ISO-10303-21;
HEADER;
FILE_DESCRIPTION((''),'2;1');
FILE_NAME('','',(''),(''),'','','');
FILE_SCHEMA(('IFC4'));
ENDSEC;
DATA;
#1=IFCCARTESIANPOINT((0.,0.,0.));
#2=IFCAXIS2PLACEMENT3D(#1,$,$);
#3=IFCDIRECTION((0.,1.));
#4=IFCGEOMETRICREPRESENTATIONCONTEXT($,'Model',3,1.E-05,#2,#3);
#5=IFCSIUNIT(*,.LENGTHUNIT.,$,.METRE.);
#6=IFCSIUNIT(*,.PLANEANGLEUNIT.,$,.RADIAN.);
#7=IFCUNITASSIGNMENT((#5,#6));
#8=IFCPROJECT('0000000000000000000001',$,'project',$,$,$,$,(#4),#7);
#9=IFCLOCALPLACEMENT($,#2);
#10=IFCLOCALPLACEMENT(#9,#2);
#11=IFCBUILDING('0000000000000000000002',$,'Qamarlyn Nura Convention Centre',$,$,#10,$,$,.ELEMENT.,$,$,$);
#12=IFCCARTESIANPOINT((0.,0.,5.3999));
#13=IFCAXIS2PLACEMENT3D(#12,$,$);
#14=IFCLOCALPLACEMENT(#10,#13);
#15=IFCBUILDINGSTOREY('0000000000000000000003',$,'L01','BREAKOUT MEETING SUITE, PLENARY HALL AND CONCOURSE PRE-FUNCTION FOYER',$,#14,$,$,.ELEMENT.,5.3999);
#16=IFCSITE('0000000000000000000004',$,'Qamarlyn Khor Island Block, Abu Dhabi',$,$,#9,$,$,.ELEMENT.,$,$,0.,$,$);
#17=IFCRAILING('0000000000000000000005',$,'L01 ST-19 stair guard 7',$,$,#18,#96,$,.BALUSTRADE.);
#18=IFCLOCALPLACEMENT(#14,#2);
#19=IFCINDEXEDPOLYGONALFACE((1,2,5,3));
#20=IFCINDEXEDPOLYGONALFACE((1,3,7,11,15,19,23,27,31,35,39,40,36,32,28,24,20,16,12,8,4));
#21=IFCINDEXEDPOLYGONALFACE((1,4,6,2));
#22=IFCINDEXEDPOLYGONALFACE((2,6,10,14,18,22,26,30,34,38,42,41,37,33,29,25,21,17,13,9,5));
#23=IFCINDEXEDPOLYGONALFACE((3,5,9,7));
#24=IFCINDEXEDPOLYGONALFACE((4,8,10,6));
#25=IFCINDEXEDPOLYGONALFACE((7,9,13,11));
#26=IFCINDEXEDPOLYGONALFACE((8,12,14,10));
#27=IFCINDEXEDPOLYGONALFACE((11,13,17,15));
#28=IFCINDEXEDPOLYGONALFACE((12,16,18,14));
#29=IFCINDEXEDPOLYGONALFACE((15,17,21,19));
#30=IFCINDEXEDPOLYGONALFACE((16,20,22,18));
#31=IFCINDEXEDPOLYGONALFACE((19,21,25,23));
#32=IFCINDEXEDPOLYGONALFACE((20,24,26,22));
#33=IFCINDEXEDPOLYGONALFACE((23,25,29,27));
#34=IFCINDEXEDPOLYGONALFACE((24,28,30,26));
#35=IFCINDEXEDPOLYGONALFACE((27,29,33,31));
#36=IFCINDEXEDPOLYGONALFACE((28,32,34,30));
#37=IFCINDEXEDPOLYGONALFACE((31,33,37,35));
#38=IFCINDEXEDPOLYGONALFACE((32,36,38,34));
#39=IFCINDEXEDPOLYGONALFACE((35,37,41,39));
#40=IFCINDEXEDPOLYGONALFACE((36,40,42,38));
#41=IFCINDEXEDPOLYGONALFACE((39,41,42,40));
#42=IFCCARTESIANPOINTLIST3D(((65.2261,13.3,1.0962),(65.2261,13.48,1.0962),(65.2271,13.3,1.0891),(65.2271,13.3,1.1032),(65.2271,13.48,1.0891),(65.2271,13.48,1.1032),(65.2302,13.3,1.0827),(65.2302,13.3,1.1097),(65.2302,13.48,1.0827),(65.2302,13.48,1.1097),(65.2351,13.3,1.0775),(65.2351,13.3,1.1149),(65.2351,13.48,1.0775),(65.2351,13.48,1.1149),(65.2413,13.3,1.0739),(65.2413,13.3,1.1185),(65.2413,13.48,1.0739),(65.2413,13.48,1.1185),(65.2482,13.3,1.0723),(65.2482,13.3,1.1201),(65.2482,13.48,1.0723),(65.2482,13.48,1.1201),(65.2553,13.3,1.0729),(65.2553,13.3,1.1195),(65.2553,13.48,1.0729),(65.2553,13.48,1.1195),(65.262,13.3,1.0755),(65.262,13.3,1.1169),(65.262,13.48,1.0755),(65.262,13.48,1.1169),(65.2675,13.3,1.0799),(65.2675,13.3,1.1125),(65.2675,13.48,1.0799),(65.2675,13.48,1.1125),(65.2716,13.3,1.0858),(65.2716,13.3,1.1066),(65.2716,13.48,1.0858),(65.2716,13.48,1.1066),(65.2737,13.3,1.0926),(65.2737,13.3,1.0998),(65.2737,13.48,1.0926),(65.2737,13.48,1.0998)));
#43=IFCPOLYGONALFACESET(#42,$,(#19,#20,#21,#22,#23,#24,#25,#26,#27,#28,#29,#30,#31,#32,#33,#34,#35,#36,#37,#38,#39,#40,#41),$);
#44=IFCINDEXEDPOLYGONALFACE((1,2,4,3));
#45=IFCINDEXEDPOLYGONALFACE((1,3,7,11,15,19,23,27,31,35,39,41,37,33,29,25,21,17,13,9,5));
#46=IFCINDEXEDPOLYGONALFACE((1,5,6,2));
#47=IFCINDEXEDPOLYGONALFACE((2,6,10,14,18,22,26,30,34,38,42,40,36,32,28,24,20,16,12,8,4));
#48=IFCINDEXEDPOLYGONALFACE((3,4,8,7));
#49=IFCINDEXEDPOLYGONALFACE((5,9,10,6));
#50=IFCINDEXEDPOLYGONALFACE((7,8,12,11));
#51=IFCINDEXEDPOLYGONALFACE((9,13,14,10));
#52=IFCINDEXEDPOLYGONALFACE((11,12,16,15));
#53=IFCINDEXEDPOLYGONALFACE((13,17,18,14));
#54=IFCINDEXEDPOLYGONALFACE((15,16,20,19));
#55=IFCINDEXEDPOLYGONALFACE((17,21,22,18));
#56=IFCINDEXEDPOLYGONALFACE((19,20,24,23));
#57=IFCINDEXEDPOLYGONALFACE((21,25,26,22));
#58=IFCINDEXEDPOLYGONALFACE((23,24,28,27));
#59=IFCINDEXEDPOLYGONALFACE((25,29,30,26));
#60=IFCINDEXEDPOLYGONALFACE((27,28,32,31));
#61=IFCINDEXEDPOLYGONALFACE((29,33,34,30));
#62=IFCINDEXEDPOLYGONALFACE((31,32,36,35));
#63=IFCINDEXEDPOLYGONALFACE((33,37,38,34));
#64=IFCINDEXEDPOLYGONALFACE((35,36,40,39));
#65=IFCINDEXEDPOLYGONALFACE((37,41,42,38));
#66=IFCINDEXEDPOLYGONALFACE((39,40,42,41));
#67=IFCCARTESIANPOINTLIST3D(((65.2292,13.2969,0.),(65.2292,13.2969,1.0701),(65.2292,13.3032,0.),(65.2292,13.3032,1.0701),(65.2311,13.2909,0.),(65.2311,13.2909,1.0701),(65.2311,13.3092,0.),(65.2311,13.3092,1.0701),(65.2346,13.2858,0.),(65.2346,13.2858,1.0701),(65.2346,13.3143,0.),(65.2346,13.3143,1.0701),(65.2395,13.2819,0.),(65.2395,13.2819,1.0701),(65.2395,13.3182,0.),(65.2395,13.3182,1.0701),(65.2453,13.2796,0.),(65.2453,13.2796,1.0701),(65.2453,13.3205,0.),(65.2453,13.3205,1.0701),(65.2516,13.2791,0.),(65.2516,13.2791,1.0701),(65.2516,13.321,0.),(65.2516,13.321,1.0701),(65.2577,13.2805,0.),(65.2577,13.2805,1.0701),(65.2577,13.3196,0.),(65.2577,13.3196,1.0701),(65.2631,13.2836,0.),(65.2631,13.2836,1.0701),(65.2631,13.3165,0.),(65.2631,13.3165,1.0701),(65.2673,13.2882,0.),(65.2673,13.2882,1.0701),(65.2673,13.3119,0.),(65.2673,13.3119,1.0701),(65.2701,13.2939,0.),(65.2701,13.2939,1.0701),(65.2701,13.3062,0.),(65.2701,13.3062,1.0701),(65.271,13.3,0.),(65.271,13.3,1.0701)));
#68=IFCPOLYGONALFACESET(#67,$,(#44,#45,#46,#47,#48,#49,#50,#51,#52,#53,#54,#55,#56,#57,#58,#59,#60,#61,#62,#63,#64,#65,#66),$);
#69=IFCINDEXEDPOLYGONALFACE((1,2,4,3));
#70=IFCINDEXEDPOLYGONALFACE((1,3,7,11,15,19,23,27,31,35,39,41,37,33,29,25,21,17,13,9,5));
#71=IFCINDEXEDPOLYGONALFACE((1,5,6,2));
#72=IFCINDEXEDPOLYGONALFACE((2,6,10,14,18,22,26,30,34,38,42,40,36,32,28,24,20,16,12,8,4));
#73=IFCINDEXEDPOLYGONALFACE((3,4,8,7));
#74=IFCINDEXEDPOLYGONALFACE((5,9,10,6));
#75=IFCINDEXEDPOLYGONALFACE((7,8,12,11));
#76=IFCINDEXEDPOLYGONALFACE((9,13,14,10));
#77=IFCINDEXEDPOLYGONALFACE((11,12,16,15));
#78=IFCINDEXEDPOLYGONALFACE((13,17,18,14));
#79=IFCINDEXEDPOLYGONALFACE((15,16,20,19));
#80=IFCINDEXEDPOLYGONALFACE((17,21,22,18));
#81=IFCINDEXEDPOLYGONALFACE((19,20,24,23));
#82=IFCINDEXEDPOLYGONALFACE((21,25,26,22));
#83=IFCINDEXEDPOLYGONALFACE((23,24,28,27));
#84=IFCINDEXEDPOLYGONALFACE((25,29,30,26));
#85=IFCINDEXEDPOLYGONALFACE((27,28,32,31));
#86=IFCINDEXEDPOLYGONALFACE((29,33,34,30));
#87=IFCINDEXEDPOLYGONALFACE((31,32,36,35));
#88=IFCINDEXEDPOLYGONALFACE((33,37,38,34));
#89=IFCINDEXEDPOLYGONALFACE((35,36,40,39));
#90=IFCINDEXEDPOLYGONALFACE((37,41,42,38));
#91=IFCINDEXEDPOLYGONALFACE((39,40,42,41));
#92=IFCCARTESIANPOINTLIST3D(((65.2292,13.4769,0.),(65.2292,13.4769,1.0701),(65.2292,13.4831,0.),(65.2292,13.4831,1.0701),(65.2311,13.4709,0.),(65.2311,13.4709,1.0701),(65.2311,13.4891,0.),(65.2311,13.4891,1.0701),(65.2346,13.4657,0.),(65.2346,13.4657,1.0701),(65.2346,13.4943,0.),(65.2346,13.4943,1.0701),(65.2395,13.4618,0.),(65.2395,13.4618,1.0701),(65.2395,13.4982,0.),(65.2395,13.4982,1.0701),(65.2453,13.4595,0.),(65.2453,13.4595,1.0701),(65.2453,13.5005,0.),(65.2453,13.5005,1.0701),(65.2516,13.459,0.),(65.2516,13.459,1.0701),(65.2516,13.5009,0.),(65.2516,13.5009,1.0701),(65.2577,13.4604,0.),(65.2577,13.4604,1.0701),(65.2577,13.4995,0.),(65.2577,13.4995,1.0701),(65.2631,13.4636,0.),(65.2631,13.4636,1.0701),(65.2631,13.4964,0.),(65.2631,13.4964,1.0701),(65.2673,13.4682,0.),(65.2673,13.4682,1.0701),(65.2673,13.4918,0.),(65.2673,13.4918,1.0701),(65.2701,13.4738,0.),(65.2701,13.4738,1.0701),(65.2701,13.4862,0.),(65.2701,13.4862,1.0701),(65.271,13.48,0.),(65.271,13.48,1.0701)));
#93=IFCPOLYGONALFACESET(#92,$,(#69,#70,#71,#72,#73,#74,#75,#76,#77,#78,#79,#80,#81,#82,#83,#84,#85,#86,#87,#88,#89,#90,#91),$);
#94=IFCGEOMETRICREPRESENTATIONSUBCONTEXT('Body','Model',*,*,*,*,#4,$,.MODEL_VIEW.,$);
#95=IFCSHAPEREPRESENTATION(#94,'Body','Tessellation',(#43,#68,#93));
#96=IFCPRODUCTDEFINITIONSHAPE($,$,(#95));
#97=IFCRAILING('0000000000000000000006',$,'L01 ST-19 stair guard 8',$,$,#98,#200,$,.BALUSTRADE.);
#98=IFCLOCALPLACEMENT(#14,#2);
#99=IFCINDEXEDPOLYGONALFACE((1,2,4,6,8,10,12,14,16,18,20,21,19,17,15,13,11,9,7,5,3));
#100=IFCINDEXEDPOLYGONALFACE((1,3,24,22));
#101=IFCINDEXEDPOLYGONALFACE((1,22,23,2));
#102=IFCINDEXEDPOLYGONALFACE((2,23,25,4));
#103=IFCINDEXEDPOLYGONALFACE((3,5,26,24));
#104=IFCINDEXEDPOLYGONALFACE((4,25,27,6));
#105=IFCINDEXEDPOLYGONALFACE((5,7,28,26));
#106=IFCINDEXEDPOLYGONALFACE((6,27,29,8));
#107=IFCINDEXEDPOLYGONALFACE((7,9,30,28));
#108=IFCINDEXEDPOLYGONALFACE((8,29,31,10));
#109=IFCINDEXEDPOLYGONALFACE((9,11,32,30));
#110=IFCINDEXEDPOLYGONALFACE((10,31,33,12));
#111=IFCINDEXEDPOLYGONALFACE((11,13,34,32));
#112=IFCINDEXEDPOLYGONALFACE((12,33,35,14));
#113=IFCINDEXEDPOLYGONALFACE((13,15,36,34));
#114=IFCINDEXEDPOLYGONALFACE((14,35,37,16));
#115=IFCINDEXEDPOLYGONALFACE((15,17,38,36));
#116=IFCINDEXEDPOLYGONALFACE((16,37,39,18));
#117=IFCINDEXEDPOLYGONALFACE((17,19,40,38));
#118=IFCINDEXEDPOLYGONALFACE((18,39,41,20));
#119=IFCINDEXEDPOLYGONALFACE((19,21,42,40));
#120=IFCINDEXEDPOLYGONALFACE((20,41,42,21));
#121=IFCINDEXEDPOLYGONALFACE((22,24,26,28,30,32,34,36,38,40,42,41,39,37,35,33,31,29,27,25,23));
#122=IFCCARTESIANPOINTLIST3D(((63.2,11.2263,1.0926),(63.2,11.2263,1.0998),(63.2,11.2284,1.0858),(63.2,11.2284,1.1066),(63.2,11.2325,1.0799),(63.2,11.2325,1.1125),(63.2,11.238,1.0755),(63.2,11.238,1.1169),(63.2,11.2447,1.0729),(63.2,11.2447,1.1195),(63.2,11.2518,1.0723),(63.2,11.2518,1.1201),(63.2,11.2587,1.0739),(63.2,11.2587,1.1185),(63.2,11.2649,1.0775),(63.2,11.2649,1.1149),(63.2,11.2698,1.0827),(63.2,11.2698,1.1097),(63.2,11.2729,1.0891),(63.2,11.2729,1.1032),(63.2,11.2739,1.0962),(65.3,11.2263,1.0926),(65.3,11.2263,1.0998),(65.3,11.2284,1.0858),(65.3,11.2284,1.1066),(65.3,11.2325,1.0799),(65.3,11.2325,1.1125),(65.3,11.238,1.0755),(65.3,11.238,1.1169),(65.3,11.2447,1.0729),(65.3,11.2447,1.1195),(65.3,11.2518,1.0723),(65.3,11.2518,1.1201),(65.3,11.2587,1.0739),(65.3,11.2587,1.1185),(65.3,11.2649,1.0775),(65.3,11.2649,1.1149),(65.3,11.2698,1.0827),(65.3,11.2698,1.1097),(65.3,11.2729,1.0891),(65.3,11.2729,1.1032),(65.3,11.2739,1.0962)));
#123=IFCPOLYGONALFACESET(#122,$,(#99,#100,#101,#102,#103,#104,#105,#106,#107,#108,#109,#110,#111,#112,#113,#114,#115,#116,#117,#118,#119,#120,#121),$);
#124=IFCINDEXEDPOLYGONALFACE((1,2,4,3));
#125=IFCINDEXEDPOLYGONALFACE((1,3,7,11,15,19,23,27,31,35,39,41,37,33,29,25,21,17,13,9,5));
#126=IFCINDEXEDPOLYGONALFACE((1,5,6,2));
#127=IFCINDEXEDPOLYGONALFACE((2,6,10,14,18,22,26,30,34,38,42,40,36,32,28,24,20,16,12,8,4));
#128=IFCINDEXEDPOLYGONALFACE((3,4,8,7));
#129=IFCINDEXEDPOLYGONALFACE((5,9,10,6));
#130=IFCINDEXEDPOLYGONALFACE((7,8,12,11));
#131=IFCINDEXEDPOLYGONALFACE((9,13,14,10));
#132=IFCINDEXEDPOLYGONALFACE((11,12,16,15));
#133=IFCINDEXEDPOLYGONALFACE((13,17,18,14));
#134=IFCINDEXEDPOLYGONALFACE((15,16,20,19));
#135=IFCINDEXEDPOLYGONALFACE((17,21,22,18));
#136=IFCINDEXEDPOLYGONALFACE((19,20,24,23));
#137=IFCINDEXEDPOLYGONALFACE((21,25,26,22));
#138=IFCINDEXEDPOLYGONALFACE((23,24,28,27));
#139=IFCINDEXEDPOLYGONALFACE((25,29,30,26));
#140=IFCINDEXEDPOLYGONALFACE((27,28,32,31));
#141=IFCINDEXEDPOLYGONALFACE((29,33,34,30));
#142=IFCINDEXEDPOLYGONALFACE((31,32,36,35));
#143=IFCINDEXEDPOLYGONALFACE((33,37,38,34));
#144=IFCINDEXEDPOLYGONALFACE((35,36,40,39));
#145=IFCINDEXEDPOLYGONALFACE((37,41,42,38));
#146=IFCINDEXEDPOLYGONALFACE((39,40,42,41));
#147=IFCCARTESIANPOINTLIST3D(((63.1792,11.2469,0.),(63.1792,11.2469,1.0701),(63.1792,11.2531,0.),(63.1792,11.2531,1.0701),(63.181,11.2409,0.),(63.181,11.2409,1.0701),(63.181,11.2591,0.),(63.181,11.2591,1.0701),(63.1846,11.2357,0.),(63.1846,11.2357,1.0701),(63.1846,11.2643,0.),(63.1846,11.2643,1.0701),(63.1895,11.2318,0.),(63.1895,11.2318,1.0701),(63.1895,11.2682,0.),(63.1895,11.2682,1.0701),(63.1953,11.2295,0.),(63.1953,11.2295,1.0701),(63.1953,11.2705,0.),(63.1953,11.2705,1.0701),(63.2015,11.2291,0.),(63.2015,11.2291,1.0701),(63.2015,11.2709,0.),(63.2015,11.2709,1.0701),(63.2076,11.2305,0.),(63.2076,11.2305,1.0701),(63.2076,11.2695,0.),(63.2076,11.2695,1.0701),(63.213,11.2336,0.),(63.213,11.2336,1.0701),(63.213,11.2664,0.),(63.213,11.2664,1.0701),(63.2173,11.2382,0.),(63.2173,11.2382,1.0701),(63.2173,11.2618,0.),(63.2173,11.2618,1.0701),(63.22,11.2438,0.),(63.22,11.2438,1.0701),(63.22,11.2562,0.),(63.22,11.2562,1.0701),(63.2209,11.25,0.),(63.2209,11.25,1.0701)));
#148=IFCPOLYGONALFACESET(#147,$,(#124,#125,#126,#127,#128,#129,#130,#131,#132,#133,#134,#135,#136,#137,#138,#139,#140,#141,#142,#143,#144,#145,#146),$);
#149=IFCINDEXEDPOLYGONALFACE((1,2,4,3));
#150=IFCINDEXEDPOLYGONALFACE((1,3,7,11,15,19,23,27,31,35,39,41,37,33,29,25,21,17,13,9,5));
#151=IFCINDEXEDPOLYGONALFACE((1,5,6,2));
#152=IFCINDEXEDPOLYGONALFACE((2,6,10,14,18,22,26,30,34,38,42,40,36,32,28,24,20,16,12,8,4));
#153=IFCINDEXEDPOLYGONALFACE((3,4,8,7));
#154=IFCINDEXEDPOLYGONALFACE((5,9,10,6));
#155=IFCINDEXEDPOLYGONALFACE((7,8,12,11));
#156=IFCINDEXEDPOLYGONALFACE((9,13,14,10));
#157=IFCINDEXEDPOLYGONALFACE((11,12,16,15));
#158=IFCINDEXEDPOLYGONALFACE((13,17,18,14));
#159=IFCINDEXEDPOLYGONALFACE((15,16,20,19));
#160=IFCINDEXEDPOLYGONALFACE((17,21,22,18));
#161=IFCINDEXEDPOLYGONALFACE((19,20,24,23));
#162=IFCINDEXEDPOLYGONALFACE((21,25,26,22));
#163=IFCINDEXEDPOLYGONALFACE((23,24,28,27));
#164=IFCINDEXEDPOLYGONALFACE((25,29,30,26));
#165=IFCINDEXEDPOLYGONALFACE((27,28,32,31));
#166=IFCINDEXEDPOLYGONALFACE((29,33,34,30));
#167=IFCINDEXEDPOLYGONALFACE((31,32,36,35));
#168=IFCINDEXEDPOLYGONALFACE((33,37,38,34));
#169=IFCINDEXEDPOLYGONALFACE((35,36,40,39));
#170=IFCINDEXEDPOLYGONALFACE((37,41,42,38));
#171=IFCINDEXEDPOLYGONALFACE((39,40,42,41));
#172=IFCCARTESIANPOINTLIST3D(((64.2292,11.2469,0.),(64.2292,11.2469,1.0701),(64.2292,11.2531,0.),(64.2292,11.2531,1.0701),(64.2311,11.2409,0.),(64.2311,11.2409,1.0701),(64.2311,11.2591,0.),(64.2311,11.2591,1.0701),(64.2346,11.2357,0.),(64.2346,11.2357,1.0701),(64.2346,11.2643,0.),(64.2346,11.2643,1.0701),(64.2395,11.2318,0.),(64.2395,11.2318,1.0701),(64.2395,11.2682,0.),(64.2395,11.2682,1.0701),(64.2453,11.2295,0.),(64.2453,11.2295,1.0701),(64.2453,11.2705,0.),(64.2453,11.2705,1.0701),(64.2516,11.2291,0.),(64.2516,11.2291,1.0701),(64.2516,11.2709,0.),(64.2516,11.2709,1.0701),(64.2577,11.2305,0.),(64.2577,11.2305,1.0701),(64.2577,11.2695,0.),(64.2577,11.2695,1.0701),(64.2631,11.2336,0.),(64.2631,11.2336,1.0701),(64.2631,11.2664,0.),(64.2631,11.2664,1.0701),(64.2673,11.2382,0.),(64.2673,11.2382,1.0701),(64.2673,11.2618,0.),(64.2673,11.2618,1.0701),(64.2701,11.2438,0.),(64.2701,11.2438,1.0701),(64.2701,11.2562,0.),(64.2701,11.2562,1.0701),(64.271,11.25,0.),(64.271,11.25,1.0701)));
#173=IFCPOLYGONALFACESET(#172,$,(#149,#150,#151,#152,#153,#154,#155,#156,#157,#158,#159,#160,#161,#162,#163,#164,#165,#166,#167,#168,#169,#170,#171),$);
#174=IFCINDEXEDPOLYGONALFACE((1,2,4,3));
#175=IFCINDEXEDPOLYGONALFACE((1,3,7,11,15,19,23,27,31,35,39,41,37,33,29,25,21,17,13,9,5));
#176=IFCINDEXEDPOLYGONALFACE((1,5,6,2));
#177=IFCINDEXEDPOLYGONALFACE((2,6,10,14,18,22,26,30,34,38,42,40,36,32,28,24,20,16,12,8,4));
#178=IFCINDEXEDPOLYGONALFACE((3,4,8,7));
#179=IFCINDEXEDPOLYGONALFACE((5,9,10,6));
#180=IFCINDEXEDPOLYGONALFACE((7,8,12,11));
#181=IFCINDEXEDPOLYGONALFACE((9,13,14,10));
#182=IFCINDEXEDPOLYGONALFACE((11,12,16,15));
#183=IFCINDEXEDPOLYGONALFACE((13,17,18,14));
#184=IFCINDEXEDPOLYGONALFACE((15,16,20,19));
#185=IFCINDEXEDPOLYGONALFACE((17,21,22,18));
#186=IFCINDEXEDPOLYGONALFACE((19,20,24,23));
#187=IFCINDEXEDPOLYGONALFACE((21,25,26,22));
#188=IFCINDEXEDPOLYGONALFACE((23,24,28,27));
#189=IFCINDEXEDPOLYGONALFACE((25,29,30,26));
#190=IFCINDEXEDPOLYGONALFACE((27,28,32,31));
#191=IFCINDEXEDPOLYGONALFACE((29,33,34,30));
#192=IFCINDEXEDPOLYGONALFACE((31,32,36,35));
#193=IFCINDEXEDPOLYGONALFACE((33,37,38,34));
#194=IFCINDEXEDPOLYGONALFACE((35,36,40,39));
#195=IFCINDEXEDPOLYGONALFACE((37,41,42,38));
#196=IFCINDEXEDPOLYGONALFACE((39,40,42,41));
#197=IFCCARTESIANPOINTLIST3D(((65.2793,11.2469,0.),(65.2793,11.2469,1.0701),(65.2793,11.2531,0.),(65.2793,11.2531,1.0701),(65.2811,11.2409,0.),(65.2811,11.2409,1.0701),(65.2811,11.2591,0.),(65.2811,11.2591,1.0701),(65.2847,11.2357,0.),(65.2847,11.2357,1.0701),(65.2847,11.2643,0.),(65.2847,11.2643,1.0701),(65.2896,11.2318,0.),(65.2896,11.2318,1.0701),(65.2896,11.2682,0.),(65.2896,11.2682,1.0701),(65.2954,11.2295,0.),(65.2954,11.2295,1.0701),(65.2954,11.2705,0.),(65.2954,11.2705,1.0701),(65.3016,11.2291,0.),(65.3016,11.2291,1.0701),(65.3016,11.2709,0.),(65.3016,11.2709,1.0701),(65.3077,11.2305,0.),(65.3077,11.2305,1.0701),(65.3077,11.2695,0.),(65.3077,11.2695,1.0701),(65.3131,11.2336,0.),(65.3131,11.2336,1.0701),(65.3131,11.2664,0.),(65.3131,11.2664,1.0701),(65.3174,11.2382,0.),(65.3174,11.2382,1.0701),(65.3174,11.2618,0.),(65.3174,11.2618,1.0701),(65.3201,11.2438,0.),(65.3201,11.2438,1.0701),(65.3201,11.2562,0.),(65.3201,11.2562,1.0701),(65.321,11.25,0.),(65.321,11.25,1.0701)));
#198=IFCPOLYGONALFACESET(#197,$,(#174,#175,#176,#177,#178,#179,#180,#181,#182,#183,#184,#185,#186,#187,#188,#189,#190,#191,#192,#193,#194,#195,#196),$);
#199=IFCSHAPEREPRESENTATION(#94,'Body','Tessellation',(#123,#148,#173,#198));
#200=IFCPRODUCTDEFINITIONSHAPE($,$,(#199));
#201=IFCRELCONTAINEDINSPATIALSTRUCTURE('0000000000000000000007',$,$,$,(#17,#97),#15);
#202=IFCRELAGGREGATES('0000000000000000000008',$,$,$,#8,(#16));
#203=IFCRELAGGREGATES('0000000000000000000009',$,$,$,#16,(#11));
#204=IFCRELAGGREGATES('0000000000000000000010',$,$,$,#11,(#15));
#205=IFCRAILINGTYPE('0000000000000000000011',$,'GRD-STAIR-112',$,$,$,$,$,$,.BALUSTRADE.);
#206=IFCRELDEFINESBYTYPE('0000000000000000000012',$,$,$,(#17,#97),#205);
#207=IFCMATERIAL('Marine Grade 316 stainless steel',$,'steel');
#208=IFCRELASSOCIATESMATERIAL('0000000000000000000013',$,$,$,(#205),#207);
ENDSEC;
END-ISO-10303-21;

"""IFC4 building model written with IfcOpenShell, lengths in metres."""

from ifc_helpers import new_model, si_unit, direction, frame, origin, origin_2d, place, context, subcontext, project, spatial, circle, extrude, material, type_object, element, save


model = new_model("IFC4")

# Units and contexts
model_context = context("Model", 3, precision=1e-05, world=origin(), true_north=direction((0.0, 1.0)))
body_context = subcontext(model_context, "Body", "Model", "MODEL_VIEW")
ifc_project = project(units=[si_unit("LENGTHUNIT", "METRE"), si_unit("PLANEANGLEUNIT", "RADIAN")], contexts=[model_context])

# Site, building, storey
site_placement = place(None, origin())
site = spatial("IfcSite", under=ifc_project, at=site_placement, Name="Qamarlyn Khor Island Block, Abu Dhabi", CompositionType="ELEMENT", RefElevation=0.0)
building_placement = place(site_placement, origin())
building = spatial("IfcBuilding", under=site, at=building_placement, Name="Qamarlyn Nura Convention Centre", CompositionType="ELEMENT")
storey_placement = place(building_placement, frame((0.0, 0.0, 5.3999)))
storey = spatial("IfcBuildingStorey", under=building, at=storey_placement, Name="L01", Description="BREAKOUT MEETING SUITE, PLENARY HALL AND CONCOURSE PRE-FUNCTION FOYER", CompositionType="ELEMENT", Elevation=5.3999)

# Railings
ifc_material_1 = material(Name="Marine Grade 316 stainless steel", Category="steel")
railing_type_1 = type_object("IfcRailingType", Name="GRD-STAIR-112", PredefinedType="BALUSTRADE", material=ifc_material_1)
railing_1_placement = place(storey_placement, frame((65.25, 13.3, 0.0)))
element("IfcRailing", 1, at=railing_1_placement, inside=storey, type_object=railing_type_1, Name="L01 ST-19 stair guard 7", PredefinedType="BALUSTRADE", context=body_context, shape_type="SweptSolid", body=[
    extrude(circle(Radius=0.0239, at=origin_2d()), frame((0.0, 0.0, 1.0962), z_axis=(0.0, 1.0, 0.0), x_axis=(-1.0, 0.0, 0.0)), (0.0, 0.0, 1.0), 0.1799),
    extrude(circle(Radius=0.021, at=origin_2d()), origin(), (0.0, 0.0, 1.0), 1.0701),
    extrude(circle(Radius=0.021, at=origin_2d()), frame((0.0, 0.1799, 0.0)), (0.0, 0.0, 1.0), 1.0701),
])
for number, where, name in (
    (2, (63.2, 11.25, 0.0), "L01 ST-19 stair guard 8"),
):
    element("IfcRailing", number, at=place(storey_placement, frame(where)), inside=storey, type_object=railing_type_1, Name=name, PredefinedType="BALUSTRADE", context=body_context, shape_type="SweptSolid", body=[
        extrude(circle(Radius=0.0239, at=origin_2d()), frame((0.0, 0.0, 1.0962), z_axis=(1.0, 0.0, 0.0), x_axis=(0.0, 1.0, 0.0)), (0.0, 0.0, 1.0), 2.1001),
        extrude(circle(Radius=0.021, at=origin_2d()), origin(), (0.0, 0.0, 1.0), 1.0701),
        extrude(circle(Radius=0.021, at=origin_2d()), frame((1.05, 0.0, 0.0)), (0.0, 0.0, 1.0), 1.0701),
        extrude(circle(Radius=0.021, at=origin_2d()), frame((2.1001, 0.0, 0.0)), (0.0, 0.0, 1.0), 1.0701),
    ])

save(model, "model.ifc")
